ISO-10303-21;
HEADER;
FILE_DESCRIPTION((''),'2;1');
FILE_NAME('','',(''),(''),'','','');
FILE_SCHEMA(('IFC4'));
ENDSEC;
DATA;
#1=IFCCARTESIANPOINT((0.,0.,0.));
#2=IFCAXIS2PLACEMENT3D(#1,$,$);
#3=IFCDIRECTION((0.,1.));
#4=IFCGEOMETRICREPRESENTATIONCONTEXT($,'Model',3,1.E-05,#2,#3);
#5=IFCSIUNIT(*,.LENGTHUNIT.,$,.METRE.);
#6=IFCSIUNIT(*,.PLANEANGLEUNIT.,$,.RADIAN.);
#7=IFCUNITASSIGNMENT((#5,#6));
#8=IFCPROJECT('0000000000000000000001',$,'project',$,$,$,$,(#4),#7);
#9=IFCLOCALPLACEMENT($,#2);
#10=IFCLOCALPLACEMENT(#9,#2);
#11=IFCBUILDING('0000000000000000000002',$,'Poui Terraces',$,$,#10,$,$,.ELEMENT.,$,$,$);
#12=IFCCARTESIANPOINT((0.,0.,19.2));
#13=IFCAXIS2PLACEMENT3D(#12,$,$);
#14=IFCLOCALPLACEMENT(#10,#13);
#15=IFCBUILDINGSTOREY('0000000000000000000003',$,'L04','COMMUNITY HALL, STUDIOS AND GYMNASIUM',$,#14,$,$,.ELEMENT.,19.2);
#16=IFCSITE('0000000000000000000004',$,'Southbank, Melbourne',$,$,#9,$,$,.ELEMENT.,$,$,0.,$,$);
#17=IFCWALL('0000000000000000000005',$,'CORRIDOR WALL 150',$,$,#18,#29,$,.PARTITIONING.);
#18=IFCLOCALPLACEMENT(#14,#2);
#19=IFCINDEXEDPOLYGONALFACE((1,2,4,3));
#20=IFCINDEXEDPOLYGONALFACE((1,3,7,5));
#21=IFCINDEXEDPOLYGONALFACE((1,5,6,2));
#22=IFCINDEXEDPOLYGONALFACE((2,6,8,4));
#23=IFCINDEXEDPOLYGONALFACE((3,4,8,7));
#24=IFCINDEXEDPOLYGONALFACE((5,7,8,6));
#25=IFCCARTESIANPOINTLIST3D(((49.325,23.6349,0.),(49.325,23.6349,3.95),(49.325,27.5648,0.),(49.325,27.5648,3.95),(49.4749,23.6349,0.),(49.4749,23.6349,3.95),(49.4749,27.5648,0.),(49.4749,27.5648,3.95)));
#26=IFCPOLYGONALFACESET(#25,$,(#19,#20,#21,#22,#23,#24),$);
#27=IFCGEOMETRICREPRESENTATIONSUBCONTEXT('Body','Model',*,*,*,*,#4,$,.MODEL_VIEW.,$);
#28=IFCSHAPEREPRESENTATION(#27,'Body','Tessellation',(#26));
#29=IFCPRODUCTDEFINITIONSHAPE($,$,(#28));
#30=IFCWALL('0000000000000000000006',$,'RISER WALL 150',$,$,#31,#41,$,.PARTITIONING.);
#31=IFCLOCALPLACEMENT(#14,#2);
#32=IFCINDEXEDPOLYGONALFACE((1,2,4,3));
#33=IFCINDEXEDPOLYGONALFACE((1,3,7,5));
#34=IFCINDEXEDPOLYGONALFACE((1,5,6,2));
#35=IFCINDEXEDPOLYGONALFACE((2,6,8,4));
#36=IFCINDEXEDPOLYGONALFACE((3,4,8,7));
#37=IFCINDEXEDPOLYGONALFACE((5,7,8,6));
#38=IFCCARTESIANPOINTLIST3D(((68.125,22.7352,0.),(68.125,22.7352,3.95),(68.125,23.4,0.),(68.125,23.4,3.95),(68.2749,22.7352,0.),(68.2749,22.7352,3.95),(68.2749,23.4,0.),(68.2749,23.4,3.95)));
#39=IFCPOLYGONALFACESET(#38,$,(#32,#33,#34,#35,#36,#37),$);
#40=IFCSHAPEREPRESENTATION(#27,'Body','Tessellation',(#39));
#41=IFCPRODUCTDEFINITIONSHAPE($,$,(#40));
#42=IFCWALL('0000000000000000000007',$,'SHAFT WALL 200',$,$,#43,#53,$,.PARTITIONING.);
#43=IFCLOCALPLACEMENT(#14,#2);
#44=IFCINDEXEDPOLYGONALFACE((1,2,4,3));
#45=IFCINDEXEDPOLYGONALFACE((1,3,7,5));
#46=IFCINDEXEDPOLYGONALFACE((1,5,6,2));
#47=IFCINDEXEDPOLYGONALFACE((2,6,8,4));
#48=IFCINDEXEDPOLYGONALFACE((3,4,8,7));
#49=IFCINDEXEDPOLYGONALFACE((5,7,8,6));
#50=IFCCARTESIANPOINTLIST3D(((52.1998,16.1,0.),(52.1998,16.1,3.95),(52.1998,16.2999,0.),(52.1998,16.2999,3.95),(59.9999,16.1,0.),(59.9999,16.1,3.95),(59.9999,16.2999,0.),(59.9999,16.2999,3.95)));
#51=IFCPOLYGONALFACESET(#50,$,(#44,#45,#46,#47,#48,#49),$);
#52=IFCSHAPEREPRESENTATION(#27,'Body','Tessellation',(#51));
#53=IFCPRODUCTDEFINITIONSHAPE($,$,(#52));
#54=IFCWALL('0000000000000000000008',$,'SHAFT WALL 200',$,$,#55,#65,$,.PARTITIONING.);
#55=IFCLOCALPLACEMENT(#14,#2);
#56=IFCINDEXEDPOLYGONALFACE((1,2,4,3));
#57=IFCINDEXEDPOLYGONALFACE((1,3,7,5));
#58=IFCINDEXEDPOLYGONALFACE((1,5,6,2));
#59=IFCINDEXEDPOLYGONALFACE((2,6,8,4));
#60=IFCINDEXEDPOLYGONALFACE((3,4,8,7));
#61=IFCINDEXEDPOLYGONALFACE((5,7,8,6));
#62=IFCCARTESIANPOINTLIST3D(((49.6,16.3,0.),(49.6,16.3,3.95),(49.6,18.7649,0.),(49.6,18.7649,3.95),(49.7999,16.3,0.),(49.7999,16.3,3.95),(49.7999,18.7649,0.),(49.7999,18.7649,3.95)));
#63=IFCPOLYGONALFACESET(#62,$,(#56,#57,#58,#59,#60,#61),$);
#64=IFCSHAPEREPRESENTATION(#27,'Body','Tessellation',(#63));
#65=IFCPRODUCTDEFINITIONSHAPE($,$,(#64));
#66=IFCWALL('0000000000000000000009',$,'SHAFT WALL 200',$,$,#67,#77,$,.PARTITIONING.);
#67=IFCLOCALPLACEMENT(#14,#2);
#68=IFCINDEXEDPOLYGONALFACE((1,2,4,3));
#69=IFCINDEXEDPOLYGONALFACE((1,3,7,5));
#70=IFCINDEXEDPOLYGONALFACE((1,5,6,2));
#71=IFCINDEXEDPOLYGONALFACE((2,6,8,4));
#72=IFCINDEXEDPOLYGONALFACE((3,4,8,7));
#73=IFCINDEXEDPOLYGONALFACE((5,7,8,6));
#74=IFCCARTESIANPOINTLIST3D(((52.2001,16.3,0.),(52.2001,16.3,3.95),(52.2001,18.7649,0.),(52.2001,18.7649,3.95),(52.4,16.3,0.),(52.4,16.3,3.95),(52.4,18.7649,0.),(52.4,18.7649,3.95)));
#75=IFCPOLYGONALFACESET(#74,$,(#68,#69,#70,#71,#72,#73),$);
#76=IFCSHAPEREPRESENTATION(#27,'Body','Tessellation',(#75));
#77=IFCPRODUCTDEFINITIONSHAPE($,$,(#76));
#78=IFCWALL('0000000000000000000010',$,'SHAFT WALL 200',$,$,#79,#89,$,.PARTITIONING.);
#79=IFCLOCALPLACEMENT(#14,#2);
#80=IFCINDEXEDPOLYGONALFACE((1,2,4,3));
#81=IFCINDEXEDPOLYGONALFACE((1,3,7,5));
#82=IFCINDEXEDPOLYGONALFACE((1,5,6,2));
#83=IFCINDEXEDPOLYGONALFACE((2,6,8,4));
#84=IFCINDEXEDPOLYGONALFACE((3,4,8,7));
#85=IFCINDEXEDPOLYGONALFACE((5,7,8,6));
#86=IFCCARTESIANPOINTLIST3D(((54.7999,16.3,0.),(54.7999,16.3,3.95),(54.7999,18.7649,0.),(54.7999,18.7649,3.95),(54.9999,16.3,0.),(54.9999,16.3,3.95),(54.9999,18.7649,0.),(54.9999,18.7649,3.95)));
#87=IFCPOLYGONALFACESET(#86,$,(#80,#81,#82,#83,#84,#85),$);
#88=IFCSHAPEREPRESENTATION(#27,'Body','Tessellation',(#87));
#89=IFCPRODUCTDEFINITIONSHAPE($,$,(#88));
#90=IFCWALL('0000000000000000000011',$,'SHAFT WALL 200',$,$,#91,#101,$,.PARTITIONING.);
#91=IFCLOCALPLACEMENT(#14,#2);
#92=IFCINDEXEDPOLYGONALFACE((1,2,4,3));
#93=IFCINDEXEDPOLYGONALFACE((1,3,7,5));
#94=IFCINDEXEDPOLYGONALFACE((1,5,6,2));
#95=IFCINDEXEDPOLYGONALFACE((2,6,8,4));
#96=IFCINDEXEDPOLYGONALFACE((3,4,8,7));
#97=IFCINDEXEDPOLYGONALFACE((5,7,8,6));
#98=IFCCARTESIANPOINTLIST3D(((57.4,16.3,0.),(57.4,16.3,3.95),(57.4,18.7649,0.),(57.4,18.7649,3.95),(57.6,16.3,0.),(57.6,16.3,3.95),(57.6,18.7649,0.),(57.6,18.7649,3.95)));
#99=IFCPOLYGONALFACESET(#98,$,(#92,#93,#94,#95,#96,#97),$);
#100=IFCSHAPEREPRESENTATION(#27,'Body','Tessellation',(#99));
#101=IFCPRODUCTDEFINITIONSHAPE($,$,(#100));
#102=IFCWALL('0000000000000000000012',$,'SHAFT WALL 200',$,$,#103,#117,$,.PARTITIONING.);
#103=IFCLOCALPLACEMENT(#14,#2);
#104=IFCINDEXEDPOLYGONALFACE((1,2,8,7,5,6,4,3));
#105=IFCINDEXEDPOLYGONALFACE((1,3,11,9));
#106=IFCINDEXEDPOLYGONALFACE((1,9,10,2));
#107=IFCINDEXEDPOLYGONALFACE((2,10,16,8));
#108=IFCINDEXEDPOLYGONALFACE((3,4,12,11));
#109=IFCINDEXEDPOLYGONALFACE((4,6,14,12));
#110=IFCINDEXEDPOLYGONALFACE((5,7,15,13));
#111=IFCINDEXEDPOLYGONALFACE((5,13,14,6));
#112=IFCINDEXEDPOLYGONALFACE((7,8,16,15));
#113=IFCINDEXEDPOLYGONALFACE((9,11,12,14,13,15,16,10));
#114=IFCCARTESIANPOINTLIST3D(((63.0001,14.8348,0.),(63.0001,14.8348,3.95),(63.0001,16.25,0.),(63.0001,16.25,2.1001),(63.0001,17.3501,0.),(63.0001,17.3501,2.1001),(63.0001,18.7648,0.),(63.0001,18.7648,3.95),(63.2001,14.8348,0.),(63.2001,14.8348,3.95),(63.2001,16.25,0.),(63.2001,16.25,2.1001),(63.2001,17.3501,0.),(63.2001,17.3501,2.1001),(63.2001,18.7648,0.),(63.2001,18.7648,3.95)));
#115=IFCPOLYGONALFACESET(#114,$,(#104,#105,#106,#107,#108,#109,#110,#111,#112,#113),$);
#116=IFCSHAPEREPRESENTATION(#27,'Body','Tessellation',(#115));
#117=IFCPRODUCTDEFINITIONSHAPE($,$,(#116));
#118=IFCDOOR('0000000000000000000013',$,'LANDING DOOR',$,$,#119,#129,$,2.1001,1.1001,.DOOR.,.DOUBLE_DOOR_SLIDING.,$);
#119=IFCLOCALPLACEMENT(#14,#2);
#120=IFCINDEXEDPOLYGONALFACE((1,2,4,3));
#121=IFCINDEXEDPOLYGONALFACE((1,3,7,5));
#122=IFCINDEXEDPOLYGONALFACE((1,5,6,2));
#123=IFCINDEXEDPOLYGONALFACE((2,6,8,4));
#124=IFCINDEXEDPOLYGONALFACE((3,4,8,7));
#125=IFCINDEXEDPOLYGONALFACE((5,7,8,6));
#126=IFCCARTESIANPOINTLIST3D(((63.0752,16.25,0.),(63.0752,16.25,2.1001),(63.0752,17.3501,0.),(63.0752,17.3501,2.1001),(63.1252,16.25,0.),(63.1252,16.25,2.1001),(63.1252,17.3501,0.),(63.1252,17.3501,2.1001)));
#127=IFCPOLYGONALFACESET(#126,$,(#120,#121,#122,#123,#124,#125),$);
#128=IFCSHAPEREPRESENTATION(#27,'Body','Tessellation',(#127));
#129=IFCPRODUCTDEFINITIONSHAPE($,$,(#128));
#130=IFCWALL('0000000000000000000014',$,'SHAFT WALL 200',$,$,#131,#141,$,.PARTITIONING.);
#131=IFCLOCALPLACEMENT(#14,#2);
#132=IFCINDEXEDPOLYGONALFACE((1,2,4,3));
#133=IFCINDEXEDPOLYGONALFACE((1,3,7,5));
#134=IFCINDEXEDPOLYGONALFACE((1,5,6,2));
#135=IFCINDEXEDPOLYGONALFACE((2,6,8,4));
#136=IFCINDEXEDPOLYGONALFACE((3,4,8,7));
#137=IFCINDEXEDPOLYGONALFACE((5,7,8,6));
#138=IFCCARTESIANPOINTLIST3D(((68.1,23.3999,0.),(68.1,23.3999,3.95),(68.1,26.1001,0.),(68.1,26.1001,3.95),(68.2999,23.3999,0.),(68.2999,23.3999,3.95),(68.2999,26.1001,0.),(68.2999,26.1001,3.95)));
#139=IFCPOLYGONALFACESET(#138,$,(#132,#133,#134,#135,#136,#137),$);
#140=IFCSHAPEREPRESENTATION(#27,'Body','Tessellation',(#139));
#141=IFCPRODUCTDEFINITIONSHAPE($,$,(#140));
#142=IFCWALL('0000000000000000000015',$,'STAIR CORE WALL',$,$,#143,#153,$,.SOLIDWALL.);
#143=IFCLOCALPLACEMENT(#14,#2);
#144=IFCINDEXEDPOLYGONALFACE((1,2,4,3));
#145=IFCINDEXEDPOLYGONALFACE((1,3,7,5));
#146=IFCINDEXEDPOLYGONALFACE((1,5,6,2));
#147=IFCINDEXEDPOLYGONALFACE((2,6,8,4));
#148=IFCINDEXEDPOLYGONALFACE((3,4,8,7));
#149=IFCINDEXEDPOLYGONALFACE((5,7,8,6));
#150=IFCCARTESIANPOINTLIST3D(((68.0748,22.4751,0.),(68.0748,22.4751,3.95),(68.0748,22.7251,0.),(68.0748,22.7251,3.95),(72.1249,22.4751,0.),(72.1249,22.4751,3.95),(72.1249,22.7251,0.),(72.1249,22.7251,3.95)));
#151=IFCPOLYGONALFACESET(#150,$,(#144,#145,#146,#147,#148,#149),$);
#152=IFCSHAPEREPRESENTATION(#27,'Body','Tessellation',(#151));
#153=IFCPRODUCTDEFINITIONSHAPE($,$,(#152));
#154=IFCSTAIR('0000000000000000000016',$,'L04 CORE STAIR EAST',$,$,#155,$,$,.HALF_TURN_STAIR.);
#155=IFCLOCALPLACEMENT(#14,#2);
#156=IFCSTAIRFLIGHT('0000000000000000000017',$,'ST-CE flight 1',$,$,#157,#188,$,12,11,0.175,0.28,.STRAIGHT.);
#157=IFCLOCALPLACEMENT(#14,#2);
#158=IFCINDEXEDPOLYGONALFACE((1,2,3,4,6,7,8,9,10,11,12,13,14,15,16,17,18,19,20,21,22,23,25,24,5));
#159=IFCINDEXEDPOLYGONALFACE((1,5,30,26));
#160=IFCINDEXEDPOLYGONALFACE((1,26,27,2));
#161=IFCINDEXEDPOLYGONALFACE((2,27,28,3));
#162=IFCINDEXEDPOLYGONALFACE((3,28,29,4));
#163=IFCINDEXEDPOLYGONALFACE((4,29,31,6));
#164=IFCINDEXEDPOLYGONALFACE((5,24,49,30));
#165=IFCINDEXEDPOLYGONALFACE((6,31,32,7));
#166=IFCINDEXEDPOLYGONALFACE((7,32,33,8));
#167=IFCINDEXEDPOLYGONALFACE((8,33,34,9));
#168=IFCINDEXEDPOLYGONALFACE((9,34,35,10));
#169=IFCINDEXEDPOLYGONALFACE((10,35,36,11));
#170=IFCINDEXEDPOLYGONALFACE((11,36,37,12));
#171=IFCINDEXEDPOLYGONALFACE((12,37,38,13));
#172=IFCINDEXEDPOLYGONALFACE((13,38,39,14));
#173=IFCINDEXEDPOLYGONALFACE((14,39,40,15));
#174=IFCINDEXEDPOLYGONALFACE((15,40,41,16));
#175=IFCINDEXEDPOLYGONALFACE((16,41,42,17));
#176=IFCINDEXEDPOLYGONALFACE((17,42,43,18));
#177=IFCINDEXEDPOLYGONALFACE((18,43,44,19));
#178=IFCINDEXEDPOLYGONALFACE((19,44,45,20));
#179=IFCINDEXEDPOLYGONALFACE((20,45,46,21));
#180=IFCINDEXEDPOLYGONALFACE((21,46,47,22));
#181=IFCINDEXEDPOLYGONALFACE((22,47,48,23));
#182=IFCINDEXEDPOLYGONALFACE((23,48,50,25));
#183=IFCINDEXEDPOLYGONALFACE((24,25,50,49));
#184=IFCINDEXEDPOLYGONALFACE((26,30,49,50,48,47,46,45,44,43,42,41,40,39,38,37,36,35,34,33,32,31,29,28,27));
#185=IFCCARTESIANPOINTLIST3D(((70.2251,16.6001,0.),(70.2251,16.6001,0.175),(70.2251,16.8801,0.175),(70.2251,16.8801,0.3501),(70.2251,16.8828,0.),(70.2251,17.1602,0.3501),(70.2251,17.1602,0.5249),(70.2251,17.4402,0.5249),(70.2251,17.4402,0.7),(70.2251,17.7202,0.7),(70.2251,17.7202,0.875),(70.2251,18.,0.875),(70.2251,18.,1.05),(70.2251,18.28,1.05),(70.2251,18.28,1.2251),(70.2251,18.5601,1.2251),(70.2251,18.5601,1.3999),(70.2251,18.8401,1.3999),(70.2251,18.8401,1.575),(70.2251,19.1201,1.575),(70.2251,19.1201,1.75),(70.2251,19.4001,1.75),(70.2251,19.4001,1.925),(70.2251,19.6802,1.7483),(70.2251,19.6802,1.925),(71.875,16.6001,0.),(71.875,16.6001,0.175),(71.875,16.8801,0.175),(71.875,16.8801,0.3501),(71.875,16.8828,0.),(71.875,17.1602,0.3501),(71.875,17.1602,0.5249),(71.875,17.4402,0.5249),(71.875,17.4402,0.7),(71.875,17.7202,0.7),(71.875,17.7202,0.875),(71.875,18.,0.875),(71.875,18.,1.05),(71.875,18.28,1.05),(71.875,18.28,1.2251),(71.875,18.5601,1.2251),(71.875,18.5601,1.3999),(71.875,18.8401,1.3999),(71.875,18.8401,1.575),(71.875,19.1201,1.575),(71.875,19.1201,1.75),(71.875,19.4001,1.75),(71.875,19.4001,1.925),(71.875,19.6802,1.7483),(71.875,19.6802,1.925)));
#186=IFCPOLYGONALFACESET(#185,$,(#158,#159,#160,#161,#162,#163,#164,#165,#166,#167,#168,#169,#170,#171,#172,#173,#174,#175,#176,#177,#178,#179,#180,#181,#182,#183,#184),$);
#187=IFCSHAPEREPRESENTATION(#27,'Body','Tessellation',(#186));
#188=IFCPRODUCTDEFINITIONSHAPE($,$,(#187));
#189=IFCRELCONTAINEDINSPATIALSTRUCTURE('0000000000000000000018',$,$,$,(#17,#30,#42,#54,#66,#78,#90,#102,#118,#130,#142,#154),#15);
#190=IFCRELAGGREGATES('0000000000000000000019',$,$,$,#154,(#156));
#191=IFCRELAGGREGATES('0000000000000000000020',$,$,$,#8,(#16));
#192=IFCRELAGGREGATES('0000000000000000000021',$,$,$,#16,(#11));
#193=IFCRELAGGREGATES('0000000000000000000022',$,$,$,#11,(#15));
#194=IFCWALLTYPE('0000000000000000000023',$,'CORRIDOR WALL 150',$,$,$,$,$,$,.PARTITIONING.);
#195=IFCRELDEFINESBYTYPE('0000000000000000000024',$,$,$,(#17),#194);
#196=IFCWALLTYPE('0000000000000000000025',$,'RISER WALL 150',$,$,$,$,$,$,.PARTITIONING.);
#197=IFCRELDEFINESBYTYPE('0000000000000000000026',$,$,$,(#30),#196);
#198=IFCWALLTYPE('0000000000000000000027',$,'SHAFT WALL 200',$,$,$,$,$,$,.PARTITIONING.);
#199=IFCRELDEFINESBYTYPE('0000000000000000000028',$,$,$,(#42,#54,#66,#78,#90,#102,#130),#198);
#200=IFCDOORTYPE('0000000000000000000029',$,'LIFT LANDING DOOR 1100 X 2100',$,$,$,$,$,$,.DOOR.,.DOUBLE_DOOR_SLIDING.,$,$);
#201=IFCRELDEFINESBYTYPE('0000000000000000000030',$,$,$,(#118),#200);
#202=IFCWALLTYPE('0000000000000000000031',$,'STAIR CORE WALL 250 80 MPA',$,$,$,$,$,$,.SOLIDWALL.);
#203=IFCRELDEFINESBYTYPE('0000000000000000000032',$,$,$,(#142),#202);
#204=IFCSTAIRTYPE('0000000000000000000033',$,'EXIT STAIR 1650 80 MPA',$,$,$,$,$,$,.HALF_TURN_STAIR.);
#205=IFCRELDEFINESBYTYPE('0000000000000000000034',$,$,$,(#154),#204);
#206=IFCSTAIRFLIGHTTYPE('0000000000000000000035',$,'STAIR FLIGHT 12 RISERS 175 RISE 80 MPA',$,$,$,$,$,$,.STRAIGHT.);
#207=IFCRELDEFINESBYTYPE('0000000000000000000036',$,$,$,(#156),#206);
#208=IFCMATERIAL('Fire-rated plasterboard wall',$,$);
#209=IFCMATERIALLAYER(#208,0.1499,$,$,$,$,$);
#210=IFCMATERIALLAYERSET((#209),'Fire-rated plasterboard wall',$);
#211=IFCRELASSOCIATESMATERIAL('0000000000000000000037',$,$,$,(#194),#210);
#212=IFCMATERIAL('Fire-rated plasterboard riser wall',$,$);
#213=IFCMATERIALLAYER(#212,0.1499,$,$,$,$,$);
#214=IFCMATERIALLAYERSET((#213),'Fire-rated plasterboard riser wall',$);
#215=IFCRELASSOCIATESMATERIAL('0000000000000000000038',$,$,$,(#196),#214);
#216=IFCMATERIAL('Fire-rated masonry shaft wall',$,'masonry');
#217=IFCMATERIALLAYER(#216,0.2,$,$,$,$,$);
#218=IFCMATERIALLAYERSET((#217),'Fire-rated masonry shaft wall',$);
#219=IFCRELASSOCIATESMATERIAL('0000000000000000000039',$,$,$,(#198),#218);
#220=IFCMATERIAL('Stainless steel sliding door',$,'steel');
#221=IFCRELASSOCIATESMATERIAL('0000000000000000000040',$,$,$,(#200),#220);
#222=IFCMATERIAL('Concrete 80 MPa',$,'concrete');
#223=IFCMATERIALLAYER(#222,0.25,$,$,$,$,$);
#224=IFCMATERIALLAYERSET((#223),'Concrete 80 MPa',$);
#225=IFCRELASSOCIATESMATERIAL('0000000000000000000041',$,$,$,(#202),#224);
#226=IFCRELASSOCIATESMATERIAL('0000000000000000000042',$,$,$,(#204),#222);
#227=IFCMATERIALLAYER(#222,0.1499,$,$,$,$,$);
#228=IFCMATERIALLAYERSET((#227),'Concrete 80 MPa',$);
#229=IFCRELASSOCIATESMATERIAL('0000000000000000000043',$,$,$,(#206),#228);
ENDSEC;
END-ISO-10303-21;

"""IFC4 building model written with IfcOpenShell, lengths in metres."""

from ifc_helpers import new_model, si_unit, direction, frame, frame_2d, origin, place, context, subcontext, project, spatial, polyline, rectangle, outline, extrude, material, layer, layer_set, type_object, element, fill, aggregate, save


model = new_model("IFC4")

# Units and contexts
model_context = context("Model", 3, precision=1e-05, world=origin(), true_north=direction((0.0, 1.0)))
body_context = subcontext(model_context, "Body", "Model", "MODEL_VIEW")
ifc_project = project(units=[si_unit("LENGTHUNIT", "METRE"), si_unit("PLANEANGLEUNIT", "RADIAN")], contexts=[model_context])

# Site, building, storey
site_placement = place(None, origin())
site = spatial("IfcSite", under=ifc_project, at=site_placement, Name="Southbank, Melbourne", CompositionType="ELEMENT", RefElevation=0.0)
building_placement = place(site_placement, origin())
building = spatial("IfcBuilding", under=site, at=building_placement, Name="Poui Terraces", CompositionType="ELEMENT")
storey_placement = place(building_placement, frame((0.0, 0.0, 19.2)))
storey = spatial("IfcBuildingStorey", under=building, at=storey_placement, Name="L04", Description="COMMUNITY HALL, STUDIOS AND GYMNASIUM", CompositionType="ELEMENT", Elevation=19.2)

# Walls
ifc_material_1 = material(Name="Fire-rated plasterboard wall")
ifc_layer_1 = layer(ifc_material_1, 0.1499)
ifc_layer_set_1 = layer_set([ifc_layer_1], Name="Fire-rated plasterboard wall")
wall_type_1 = type_object("IfcWallType", Name="CORRIDOR WALL 150", PredefinedType="PARTITIONING", material=ifc_layer_set_1)
wall_1_placement = place(storey_placement, frame((49.3999, 23.635, 0.0), z_axis=(0.0, 0.0, 1.0), x_axis=(0.0, 1.0, 0.0)))
element("IfcWall", 1, at=wall_1_placement, inside=storey, type_object=wall_type_1, Name="CORRIDOR WALL 150", PredefinedType="PARTITIONING", context=body_context, shape_type="SweptSolid", body=[
    extrude(rectangle(XDim=3.9299, YDim=0.1499, at=frame_2d((1.9648, 0.0))), origin(), (0.0, 0.0, 1.0), 3.95),
])
ifc_material_2 = material(Name="Fire-rated plasterboard riser wall")
ifc_layer_2 = layer(ifc_material_2, 0.1499)
ifc_layer_set_2 = layer_set([ifc_layer_2], Name="Fire-rated plasterboard riser wall")
wall_type_2 = type_object("IfcWallType", Name="RISER WALL 150", PredefinedType="PARTITIONING", material=ifc_layer_set_2)
wall_2_placement = place(storey_placement, frame((68.2, 22.7351, 0.0), z_axis=(0.0, 0.0, 1.0), x_axis=(0.0, 1.0, 0.0)))
element("IfcWall", 2, at=wall_2_placement, inside=storey, type_object=wall_type_2, Name="RISER WALL 150", PredefinedType="PARTITIONING", context=body_context, shape_type="SweptSolid", body=[
    extrude(rectangle(XDim=0.6648, YDim=0.1499, at=frame_2d((0.3325, 0.0))), origin(), (0.0, 0.0, 1.0), 3.95),
])
ifc_material_3 = material(Name="Fire-rated masonry shaft wall", Category="masonry")
ifc_layer_3 = layer(ifc_material_3, 0.2)
ifc_layer_set_3 = layer_set([ifc_layer_3], Name="Fire-rated masonry shaft wall")
wall_type_3 = type_object("IfcWallType", Name="SHAFT WALL 200", PredefinedType="PARTITIONING", material=ifc_layer_set_3)
wall_3_placement = place(storey_placement, frame((52.2, 16.2, 0.0), z_axis=(0.0, 0.0, 1.0), x_axis=(1.0, 0.0, 0.0)))
element("IfcWall", 3, at=wall_3_placement, inside=storey, type_object=wall_type_3, Name="SHAFT WALL 200", PredefinedType="PARTITIONING", context=body_context, shape_type="SweptSolid", body=[
    extrude(rectangle(XDim=7.8, YDim=0.2, at=frame_2d((3.8999, 0.0))), origin(), (0.0, 0.0, 1.0), 3.95),
])
for number, where, z_axis, x_axis, name in (
    (4, (49.7, 16.3, 0.0), (0.0, 0.0, 1.0), (0.0, 1.0, 0.0), "SHAFT WALL 200"),
    (5, (52.3, 16.3, 0.0), (0.0, 0.0, 1.0), (0.0, 1.0, 0.0), "SHAFT WALL 200"),
    (6, (54.8999, 16.3, 0.0), (0.0, 0.0, 1.0), (0.0, 1.0, 0.0), "SHAFT WALL 200"),
    (7, (57.5, 16.3, 0.0), (0.0, 0.0, 1.0), (0.0, 1.0, 0.0), "SHAFT WALL 200"),
):
    element("IfcWall", number, at=place(storey_placement, frame(where, z_axis=z_axis, x_axis=x_axis)), inside=storey, type_object=wall_type_3, Name=name, PredefinedType="PARTITIONING", context=body_context, shape_type="SweptSolid", body=[
        extrude(rectangle(XDim=2.4648, YDim=0.2, at=frame_2d((1.2324, 0.0))), origin(), (0.0, 0.0, 1.0), 3.95),
    ])

# Wall, opening, door
wall_4_placement = place(storey_placement, frame((63.1001, 14.835, 0.0), z_axis=(0.0, 0.0, 1.0), x_axis=(0.0, 1.0, 0.0)))
wall_4 = element("IfcWall", 8, at=wall_4_placement, inside=storey, type_object=wall_type_3, Name="SHAFT WALL 200", PredefinedType="PARTITIONING", context=body_context, shape_type="SweptSolid", body=[
    extrude(rectangle(XDim=3.9299, YDim=0.2, at=frame_2d((1.9648, 0.0))), origin(), (0.0, 0.0, 1.0), 3.95),
])
opening_placement = place(wall_4_placement, frame((1.415, 0.0, 0.0)))
opening = element("IfcOpeningElement", 9, at=opening_placement, cuts=wall_4, PredefinedType="OPENING", context=body_context, shape_type="SweptSolid", body=[
    extrude(rectangle(XDim=1.1001, YDim=2.1001, at=frame_2d((0.55, 1.05))), frame((0.0, 0.1099, 0.0), z_axis=(0.0, -1.0, 0.0), x_axis=(1.0, 0.0, 0.0)), (0.0, 0.0, 1.0), 0.22),
])
ifc_material_4 = material(Name="Stainless steel sliding door", Category="steel")
door_type = type_object("IfcDoorType", Name="LIFT LANDING DOOR 1100 X 2100", OperationType="DOUBLE_DOOR_SLIDING", PredefinedType="DOOR", material=ifc_material_4)
door_placement = place(opening_placement, origin())
door = element("IfcDoor", 10, at=door_placement, inside=storey, type_object=door_type, Name="LANDING DOOR", OperationType="DOUBLE_DOOR_SLIDING", OverallHeight=2.1001, OverallWidth=1.1001, PredefinedType="DOOR", context=body_context, shape_type="SweptSolid", body=[
    extrude(rectangle(XDim=1.1001, YDim=2.1001, at=frame_2d((0.55, 1.05))), frame((0.0, 0.0249, 0.0), z_axis=(0.0, -1.0, 0.0), x_axis=(1.0, 0.0, 0.0)), (0.0, 0.0, 1.0), 0.05),
])
fill(opening, door)

# Walls
wall_5_placement = place(storey_placement, frame((68.2, 23.3999, 0.0), z_axis=(0.0, 0.0, 1.0), x_axis=(0.0, 1.0, 0.0)))
element("IfcWall", 11, at=wall_5_placement, inside=storey, type_object=wall_type_3, Name="SHAFT WALL 200", PredefinedType="PARTITIONING", context=body_context, shape_type="SweptSolid", body=[
    extrude(rectangle(XDim=2.7002, YDim=0.2, at=frame_2d((1.3501, 0.0))), origin(), (0.0, 0.0, 1.0), 3.95),
])
ifc_material_5 = material(Name="Concrete 80 MPa", Category="concrete")
ifc_layer_4 = layer(ifc_material_5, 0.25)
ifc_layer_set_4 = layer_set([ifc_layer_4], Name="Concrete 80 MPa")
wall_type_4 = type_object("IfcWallType", Name="STAIR CORE WALL 250 80 MPA", PredefinedType="SOLIDWALL", material=ifc_layer_set_4)
wall_6_placement = place(storey_placement, frame((68.075, 22.6001, 0.0), z_axis=(0.0, 0.0, 1.0), x_axis=(1.0, 0.0, 0.0)))
element("IfcWall", 12, at=wall_6_placement, inside=storey, type_object=wall_type_4, Name="STAIR CORE WALL", PredefinedType="SOLIDWALL", context=body_context, shape_type="SweptSolid", body=[
    extrude(rectangle(XDim=4.05, YDim=0.25, at=frame_2d((2.0249, 0.0))), origin(), (0.0, 0.0, 1.0), 3.95),
])

# Stair, stair flight
stair_type = type_object("IfcStairType", Name="EXIT STAIR 1650 80 MPA", PredefinedType="HALF_TURN_STAIR", material=ifc_material_5)
stair_placement = place(storey_placement, origin())
stair = element("IfcStair", 13, at=stair_placement, inside=storey, type_object=stair_type, Name="L04 CORE STAIR EAST", PredefinedType="HALF_TURN_STAIR")
ifc_layer_5 = layer(ifc_material_5, 0.1499)
ifc_layer_set_5 = layer_set([ifc_layer_5], Name="Concrete 80 MPa")
stair_flight_type = type_object("IfcStairFlightType", Name="STAIR FLIGHT 12 RISERS 175 RISE 80 MPA", PredefinedType="STRAIGHT", material=ifc_layer_set_5)
stair_flight_1_placement = place(storey_placement, frame((71.05, 16.6001, 0.0), z_axis=(0.0, 0.0, 1.0), x_axis=(0.0, 1.0, 0.0)))
stair_flight_1 = element("IfcStairFlight", 14, at=stair_flight_1_placement, type_object=stair_flight_type, Name="ST-CE flight 1", NumberOfRisers=12, NumberOfTreads=11, PredefinedType="STRAIGHT", RiserHeight=0.175, TreadLength=0.28, context=body_context, shape_type="SweptSolid", body=[
    extrude(outline(polyline([(0.0, 0.0), (0.0, 0.175), (0.28, 0.175), (0.28, 0.3501), (0.5601, 0.3501), (0.5601, 0.5249), (0.8401, 0.5249), (0.8401, 0.7), (1.1201, 0.7), (1.1201, 0.875), (1.3999, 0.875), (1.3999, 1.05), (1.6799, 1.05), (1.6799, 1.2251), (1.96, 1.2251), (1.96, 1.3999), (2.24, 1.3999), (2.24, 1.575), (2.52, 1.575), (2.52, 1.75), (2.8, 1.75), (2.8, 1.925), (3.0801, 1.925), (3.0801, 2.1001), (3.0801, 1.7483), (0.2827, 0.0), (0.0, 0.0)])), frame((0.0, 0.825, 0.0), z_axis=(0.0, -1.0, 0.0), x_axis=(1.0, 0.0, 0.0)), (0.0, 0.0, 1.0), 1.6499),
])
aggregate(stair, [stair_flight_1])

save(model, "model.ifc")
